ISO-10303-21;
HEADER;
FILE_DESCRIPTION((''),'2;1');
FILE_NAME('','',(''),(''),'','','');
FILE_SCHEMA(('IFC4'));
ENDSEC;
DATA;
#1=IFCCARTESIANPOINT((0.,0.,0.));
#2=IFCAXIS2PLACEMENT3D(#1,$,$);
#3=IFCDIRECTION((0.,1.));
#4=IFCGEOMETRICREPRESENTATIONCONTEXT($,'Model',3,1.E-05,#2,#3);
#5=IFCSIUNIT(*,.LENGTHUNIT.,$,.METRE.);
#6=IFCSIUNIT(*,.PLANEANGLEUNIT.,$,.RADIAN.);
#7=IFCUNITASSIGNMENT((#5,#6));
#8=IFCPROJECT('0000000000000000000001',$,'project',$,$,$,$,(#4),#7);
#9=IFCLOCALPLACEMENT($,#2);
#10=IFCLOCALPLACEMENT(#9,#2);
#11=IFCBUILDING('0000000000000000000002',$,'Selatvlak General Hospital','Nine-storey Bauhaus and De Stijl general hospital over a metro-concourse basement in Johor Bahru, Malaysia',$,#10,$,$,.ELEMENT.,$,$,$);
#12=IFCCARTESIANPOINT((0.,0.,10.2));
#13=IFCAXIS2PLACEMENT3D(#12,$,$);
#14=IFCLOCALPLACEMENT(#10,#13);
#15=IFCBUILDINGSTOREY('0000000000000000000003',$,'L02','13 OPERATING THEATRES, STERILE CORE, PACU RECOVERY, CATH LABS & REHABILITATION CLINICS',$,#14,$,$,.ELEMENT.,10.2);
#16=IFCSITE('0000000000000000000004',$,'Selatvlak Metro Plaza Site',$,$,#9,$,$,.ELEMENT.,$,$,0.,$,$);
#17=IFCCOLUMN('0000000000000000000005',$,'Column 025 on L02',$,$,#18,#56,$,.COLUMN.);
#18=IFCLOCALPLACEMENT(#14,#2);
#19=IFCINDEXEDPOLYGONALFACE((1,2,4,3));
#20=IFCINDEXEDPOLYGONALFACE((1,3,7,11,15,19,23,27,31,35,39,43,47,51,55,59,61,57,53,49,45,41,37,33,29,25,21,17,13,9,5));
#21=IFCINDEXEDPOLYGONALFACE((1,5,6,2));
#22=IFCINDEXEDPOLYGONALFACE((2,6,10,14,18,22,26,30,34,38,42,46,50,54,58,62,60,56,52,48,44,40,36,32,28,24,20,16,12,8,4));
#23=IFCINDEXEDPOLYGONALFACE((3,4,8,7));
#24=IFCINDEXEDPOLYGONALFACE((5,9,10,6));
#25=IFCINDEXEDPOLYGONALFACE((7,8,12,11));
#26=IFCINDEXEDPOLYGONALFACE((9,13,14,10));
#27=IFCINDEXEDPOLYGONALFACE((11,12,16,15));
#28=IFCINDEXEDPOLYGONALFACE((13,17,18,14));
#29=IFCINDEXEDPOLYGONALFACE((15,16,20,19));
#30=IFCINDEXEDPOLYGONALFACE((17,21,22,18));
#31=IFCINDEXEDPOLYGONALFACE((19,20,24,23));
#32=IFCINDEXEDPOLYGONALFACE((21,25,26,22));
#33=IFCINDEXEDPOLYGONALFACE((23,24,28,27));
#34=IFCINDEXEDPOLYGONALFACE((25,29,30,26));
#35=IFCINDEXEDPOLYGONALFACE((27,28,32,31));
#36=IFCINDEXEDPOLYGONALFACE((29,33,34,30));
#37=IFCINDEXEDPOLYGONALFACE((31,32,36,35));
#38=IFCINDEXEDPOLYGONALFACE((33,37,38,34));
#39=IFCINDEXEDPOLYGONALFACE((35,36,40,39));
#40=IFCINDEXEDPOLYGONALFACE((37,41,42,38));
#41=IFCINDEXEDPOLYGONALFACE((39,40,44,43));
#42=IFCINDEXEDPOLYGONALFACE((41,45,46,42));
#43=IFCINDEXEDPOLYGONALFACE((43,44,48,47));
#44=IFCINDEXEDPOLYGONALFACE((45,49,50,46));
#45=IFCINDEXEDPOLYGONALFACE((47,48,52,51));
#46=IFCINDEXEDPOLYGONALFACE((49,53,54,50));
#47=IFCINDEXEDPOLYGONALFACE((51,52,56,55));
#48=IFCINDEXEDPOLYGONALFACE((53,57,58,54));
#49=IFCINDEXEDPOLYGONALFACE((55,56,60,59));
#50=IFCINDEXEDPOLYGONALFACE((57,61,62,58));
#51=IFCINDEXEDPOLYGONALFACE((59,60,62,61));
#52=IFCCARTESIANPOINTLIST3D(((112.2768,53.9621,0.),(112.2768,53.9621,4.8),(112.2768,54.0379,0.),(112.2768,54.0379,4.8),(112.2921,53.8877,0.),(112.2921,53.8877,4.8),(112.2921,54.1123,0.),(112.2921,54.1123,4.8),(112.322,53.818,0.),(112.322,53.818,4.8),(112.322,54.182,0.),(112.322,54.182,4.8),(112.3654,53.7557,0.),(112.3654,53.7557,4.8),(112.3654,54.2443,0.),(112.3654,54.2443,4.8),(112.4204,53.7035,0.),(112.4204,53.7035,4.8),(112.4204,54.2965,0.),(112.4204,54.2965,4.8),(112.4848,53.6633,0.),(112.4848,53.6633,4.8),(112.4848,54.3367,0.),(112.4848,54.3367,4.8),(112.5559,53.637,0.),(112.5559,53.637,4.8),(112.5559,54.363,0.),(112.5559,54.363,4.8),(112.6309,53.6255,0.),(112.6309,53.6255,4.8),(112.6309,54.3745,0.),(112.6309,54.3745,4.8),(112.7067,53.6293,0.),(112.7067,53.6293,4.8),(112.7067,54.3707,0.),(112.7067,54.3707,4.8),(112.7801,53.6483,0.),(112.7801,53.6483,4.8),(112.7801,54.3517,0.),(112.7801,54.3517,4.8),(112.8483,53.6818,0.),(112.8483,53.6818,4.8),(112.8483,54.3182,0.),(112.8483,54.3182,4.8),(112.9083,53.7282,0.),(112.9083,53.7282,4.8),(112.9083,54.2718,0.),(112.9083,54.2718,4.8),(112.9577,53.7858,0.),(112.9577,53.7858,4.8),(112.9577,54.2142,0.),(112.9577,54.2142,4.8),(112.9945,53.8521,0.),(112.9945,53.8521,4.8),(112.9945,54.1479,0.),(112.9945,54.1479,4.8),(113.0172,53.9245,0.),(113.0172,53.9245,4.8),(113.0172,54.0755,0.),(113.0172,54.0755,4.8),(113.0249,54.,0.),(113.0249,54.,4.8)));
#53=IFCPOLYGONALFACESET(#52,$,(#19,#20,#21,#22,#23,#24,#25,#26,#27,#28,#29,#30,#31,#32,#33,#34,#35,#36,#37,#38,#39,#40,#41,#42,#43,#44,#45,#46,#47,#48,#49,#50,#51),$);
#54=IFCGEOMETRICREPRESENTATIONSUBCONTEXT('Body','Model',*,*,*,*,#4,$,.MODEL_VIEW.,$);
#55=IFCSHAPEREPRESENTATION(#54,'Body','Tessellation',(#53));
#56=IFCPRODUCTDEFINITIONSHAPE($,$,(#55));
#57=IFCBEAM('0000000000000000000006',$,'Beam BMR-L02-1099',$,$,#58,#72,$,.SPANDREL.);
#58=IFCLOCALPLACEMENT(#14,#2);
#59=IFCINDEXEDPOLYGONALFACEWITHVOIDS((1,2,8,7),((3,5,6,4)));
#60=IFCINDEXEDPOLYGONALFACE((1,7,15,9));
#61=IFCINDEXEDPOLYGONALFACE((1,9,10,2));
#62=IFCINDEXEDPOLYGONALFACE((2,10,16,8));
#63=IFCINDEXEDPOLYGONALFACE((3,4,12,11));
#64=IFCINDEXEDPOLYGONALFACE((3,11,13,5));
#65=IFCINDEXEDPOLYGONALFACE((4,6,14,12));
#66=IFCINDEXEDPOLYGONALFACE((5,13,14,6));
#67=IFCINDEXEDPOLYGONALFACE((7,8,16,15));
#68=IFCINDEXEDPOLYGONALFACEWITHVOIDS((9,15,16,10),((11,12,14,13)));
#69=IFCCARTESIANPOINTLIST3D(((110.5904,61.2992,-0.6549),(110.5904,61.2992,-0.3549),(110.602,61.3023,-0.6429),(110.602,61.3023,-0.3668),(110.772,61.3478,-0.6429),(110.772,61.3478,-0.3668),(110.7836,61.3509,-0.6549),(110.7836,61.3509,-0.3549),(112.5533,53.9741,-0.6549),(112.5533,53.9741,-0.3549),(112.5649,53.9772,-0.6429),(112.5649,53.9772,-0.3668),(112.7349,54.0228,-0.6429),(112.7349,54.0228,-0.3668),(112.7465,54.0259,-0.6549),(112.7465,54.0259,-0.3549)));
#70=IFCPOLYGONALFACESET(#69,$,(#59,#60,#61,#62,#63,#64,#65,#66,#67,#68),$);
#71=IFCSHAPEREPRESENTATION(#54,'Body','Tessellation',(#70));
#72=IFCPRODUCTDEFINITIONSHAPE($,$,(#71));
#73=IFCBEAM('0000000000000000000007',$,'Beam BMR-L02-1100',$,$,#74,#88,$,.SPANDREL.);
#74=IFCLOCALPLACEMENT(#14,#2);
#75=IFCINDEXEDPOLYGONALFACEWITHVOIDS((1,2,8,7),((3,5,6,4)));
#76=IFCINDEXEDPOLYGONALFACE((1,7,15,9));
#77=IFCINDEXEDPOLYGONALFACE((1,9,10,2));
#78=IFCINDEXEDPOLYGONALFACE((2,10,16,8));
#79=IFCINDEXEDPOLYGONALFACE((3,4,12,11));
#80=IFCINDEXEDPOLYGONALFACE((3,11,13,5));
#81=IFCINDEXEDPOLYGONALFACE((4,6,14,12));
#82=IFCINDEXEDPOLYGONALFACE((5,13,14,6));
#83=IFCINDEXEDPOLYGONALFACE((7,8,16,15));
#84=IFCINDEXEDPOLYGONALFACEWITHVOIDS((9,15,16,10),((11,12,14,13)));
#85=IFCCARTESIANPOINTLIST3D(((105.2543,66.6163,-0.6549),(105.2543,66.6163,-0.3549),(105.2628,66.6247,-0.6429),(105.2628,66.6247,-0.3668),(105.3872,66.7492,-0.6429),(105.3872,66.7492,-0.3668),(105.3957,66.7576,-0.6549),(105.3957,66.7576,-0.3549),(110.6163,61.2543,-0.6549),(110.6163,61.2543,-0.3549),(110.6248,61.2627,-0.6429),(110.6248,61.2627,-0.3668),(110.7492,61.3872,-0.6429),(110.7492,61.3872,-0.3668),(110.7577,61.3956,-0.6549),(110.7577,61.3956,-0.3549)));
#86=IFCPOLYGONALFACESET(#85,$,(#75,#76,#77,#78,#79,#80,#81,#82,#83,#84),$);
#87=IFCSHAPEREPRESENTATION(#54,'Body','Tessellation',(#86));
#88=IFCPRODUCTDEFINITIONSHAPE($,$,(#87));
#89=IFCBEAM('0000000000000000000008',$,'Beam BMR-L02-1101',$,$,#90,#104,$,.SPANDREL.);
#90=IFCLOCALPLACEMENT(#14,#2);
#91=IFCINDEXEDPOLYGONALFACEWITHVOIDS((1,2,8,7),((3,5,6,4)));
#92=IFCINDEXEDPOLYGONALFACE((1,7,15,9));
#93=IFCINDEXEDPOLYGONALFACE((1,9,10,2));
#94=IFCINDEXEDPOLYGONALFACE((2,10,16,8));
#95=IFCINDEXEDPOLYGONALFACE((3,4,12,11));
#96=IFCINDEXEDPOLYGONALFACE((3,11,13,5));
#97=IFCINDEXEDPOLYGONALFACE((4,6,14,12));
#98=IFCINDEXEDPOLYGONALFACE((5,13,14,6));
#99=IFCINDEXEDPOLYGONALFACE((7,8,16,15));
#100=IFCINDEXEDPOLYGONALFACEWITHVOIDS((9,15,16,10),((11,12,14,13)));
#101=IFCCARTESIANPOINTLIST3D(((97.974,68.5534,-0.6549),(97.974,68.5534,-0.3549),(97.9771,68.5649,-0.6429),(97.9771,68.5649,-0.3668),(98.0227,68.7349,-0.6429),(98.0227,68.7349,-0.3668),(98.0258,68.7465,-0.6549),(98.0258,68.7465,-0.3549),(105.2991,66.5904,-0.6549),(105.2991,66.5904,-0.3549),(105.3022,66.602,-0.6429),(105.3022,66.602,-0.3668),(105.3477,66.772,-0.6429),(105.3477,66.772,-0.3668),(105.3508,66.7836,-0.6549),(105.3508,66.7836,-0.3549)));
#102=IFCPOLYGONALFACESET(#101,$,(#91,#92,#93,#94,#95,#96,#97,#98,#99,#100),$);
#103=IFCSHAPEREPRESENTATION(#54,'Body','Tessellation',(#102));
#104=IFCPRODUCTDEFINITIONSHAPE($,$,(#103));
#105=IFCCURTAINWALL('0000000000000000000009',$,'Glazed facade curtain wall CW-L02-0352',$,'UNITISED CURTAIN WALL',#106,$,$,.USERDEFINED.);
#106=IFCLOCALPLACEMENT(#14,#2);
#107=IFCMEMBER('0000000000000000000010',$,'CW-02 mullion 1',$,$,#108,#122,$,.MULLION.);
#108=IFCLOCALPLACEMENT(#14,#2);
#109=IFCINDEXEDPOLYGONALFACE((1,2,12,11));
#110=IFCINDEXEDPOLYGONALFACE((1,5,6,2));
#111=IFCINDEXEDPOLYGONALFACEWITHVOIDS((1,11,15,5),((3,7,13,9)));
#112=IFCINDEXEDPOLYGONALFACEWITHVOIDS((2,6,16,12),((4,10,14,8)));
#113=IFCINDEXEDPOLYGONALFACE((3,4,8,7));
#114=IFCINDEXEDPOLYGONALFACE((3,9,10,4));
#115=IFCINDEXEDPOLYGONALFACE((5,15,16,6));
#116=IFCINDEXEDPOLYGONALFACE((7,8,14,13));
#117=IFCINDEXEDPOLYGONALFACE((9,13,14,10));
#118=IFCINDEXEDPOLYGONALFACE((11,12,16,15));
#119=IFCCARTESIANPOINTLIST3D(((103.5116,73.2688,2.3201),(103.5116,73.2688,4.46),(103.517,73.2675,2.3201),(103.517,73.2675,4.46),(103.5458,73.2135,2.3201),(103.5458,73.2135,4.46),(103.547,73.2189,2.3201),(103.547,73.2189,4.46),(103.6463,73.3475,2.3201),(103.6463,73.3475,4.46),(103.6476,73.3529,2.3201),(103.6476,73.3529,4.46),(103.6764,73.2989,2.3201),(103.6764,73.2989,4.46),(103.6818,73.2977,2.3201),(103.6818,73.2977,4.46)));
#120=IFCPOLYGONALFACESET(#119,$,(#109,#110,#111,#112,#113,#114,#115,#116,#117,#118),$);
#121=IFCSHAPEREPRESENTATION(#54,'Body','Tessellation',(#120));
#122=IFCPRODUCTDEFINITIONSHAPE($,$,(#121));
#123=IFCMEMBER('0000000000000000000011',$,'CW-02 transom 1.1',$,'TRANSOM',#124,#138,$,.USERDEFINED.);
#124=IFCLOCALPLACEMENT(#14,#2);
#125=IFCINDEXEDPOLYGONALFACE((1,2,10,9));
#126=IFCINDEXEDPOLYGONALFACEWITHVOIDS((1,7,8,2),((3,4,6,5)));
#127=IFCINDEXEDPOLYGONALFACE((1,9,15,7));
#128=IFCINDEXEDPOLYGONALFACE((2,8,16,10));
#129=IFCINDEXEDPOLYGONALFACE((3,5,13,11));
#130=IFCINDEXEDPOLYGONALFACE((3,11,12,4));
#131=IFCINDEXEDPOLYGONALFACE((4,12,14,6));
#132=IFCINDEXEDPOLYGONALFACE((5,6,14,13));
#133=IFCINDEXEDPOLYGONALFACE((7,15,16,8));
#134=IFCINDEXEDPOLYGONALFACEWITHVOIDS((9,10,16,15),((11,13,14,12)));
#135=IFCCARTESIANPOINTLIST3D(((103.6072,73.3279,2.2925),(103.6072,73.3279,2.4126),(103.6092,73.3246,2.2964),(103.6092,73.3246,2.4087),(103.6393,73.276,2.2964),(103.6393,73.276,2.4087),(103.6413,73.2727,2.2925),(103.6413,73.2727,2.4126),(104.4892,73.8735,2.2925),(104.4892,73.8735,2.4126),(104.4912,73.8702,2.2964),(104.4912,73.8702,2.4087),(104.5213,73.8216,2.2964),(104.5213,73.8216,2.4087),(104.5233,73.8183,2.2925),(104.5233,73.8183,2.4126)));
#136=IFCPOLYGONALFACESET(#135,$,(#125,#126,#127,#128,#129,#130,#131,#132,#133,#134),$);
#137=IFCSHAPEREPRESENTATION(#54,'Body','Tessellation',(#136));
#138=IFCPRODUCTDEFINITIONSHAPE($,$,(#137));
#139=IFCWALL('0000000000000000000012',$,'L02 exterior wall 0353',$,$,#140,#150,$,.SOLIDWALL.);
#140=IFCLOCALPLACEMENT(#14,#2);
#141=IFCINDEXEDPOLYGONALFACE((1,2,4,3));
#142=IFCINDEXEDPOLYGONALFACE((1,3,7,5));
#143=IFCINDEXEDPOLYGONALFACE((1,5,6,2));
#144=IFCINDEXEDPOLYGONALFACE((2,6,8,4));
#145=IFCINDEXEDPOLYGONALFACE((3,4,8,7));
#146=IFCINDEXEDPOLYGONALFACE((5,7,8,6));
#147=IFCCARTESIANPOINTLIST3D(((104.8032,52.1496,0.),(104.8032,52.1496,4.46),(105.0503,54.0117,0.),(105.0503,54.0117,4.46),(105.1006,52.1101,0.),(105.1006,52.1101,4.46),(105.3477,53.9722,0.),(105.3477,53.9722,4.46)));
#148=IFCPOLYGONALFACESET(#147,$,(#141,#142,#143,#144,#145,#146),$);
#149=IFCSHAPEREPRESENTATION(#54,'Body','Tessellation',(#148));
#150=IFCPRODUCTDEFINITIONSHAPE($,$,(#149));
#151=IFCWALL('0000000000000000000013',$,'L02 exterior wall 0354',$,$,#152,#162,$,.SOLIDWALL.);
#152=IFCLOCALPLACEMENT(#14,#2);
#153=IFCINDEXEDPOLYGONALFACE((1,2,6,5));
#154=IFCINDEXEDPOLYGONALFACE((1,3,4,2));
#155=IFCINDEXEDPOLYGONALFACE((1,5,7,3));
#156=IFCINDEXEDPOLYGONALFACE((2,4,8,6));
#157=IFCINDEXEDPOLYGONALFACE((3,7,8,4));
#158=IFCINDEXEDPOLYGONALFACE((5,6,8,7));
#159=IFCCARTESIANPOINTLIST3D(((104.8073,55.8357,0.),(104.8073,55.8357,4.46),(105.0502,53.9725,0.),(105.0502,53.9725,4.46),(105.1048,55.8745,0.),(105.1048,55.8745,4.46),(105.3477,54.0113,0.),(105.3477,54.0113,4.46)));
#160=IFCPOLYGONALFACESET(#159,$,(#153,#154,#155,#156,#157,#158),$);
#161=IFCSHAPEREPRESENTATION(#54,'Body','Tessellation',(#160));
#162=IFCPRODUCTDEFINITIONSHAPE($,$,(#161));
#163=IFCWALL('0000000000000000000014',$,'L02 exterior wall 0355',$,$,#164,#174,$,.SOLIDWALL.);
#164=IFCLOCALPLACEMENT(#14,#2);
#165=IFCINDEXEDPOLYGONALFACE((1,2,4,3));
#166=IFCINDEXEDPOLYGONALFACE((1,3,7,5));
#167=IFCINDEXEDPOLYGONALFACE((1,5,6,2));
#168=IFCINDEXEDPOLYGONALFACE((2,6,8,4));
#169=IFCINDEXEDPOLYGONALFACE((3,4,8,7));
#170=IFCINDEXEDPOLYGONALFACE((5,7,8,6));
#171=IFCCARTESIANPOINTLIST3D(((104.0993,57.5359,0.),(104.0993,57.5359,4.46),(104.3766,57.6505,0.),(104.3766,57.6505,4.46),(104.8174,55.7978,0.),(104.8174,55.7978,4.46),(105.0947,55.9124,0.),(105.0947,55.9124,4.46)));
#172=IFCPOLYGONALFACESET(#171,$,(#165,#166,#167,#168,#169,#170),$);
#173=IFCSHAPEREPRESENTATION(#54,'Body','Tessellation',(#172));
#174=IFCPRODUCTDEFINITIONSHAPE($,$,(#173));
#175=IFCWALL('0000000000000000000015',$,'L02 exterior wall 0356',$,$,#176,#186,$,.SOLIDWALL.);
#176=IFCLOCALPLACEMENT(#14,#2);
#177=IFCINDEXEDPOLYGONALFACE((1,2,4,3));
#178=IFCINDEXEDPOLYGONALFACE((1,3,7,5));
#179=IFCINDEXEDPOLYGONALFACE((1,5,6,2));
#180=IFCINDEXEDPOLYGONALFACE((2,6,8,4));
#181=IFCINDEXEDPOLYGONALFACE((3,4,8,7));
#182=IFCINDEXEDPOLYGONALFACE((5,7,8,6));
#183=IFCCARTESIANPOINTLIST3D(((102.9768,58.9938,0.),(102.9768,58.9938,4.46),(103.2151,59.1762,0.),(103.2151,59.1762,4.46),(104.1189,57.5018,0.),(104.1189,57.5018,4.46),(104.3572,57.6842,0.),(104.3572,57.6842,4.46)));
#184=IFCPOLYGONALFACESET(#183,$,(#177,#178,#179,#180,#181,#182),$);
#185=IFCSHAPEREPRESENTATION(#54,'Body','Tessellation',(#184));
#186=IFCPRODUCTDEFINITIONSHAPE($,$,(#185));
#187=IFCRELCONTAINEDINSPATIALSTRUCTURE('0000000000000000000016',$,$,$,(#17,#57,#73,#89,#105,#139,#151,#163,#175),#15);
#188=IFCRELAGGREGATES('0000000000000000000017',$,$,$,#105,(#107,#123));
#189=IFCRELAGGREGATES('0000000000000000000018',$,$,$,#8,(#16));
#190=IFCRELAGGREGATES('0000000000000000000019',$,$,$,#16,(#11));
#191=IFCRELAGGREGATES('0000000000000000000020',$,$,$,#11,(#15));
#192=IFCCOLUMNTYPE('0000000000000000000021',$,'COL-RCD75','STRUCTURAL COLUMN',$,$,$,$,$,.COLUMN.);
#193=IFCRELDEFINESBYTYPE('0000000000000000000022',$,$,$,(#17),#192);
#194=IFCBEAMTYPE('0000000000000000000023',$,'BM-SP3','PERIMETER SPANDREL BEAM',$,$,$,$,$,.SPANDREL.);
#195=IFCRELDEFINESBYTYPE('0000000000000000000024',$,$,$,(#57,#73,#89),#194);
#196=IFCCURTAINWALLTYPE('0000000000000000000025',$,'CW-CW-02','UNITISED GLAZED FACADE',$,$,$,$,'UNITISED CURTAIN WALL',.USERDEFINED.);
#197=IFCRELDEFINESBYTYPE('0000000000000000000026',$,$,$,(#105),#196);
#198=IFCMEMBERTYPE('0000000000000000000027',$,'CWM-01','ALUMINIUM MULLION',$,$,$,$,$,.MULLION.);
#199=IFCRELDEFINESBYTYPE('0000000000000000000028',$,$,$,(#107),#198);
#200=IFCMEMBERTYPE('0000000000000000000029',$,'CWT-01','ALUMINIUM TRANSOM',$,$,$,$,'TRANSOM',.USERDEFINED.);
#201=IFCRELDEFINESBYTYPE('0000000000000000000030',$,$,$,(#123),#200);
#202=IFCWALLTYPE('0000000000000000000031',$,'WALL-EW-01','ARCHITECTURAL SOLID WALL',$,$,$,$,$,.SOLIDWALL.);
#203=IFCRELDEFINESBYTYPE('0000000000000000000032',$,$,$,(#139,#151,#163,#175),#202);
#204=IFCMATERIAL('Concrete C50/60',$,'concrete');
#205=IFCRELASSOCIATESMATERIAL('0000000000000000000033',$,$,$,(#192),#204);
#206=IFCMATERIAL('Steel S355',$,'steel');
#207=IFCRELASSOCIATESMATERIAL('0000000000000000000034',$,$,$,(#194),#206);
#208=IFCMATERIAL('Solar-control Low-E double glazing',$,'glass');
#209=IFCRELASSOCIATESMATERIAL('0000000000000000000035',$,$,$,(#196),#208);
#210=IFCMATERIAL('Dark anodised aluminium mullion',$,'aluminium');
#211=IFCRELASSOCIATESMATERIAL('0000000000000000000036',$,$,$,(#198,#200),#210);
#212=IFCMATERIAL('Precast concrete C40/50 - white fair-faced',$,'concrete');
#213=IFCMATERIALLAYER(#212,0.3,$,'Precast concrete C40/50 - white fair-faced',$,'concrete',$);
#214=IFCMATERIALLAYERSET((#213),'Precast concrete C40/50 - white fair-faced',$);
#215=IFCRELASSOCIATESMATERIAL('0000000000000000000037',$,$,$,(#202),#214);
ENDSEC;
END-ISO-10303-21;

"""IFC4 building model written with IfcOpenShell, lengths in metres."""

from ifc_helpers import new_model, si_unit, direction, frame, frame_2d, origin, origin_2d, place, context, subcontext, project, spatial, rectangle, hollow_rectangle, circle, extrude, material, layer, layer_set, material_profile, profile_set, type_object, element, aggregate, save


model = new_model("IFC4")

# Units and contexts
model_context = context("Model", 3, precision=1e-05, world=origin(), true_north=direction((0.0, 1.0)))
body_context = subcontext(model_context, "Body", "Model", "MODEL_VIEW")
ifc_project = project(units=[si_unit("LENGTHUNIT", "METRE"), si_unit("PLANEANGLEUNIT", "RADIAN")], contexts=[model_context])

# Site, building, storey
site_placement = place(None, origin())
site = spatial("IfcSite", under=ifc_project, at=site_placement, Name="Selatvlak Metro Plaza Site", CompositionType="ELEMENT", RefElevation=0.0)
building_placement = place(site_placement, origin())
building = spatial("IfcBuilding", under=site, at=building_placement, Name="Selatvlak General Hospital", Description="Nine-storey Bauhaus and De Stijl general hospital over a metro-concourse basement in Johor Bahru, Malaysia", CompositionType="ELEMENT")
storey_placement = place(building_placement, frame((0.0, 0.0, 10.2)))
storey = spatial("IfcBuildingStorey", under=building, at=storey_placement, Name="L02", Description="13 OPERATING THEATRES, STERILE CORE, PACU RECOVERY, CATH LABS & REHABILITATION CLINICS", CompositionType="ELEMENT", Elevation=10.2)

# Column
ifc_material_1 = material(Name="Concrete C50/60", Category="concrete")
ifc_material_profile_1 = material_profile(ifc_material_1, circle(Radius=0.375, at=origin_2d()), Name="RC-COL D750")
ifc_profile_set_1 = profile_set([ifc_material_profile_1], Name="Concrete C50/60")
column_type = type_object("IfcColumnType", Name="COL-RCD75", Description="STRUCTURAL COLUMN", PredefinedType="COLUMN", material=ifc_profile_set_1)
for number, where, z_axis, x_axis, name in (
    (1, (112.6499, 54.0, 0.0), (0.0, 0.0, 1.0), (1.0, 0.0, 0.0), "Column 025 on L02"),
):
    element("IfcColumn", number, at=place(storey_placement, frame(where, z_axis=z_axis, x_axis=x_axis)), inside=storey, type_object=column_type, Name=name, PredefinedType="COLUMN", context=body_context, shape_type="SweptSolid", body=[
        extrude(circle(Radius=0.375, at=origin_2d()), origin(), (0.0, 0.0, 1.0), 4.8),
    ])

# Beams
ifc_material_2 = material(Name="Steel S355", Category="steel")
ifc_material_profile_2 = material_profile(ifc_material_2, hollow_rectangle(XDim=0.2, YDim=0.3, WallThickness=0.012, at=origin_2d()), Name="RHS 300x200x12")
ifc_profile_set_2 = profile_set([ifc_material_profile_2], Name="Steel S355")
beam_type = type_object("IfcBeamType", Name="BM-SP3", Description="PERIMETER SPANDREL BEAM", PredefinedType="SPANDREL", material=ifc_profile_set_2)
beam_1_placement = place(storey_placement, frame((112.6499, 54.0, -0.5049), z_axis=(-0.258841, 0.96592, 0.0), x_axis=(-0.96592, -0.258841, 0.0)))
element("IfcBeam", 2, at=beam_1_placement, inside=storey, type_object=beam_type, Name="Beam BMR-L02-1099", PredefinedType="SPANDREL", context=body_context, shape_type="SweptSolid", body=[
    extrude(hollow_rectangle(XDim=0.2, YDim=0.3, WallThickness=0.012, at=origin_2d()), origin(), (0.0, 0.0, 1.0), 7.5835),
])
beam_2_placement = place(storey_placement, frame((110.687, 61.325, -0.5049), z_axis=(-0.707107, 0.707107, 0.0), x_axis=(-0.707107, -0.707107, 0.0)))
element("IfcBeam", 3, at=beam_2_placement, inside=storey, type_object=beam_type, Name="Beam BMR-L02-1100", PredefinedType="SPANDREL", context=body_context, shape_type="SweptSolid", body=[
    extrude(hollow_rectangle(XDim=0.2, YDim=0.3, WallThickness=0.012, at=origin_2d()), origin(), (0.0, 0.0, 1.0), 7.583),
])
beam_3_placement = place(storey_placement, frame((105.325, 66.687, -0.5049), z_axis=(-0.96592, 0.258841, 0.0), x_axis=(-0.258841, -0.96592, 0.0)))
element("IfcBeam", 4, at=beam_3_placement, inside=storey, type_object=beam_type, Name="Beam BMR-L02-1101", PredefinedType="SPANDREL", context=body_context, shape_type="SweptSolid", body=[
    extrude(hollow_rectangle(XDim=0.2, YDim=0.3, WallThickness=0.012, at=origin_2d()), origin(), (0.0, 0.0, 1.0), 7.5835),
])

# Curtain wall, members
ifc_material_3 = material(Name="Solar-control Low-E double glazing", Category="glass")
curtain_wall_type = type_object("IfcCurtainWallType", Name="CW-CW-02", Description="UNITISED GLAZED FACADE", ElementType="UNITISED CURTAIN WALL", PredefinedType="USERDEFINED", material=ifc_material_3)
curtain_wall_placement = place(storey_placement, origin())
curtain_wall = element("IfcCurtainWall", 5, at=curtain_wall_placement, inside=storey, type_object=curtain_wall_type, Name="Glazed facade curtain wall CW-L02-0352", ObjectType="UNITISED CURTAIN WALL", PredefinedType="USERDEFINED")
ifc_material_4 = material(Name="Dark anodised aluminium mullion", Category="aluminium")
ifc_material_profile_3 = material_profile(ifc_material_4, hollow_rectangle(XDim=0.0649, YDim=0.1599, WallThickness=0.0039, at=origin_2d()), Name="AL-MUL 65x160x4")
ifc_profile_set_3 = profile_set([ifc_material_profile_3], Name="Dark anodised aluminium mullion")
member_type_1 = type_object("IfcMemberType", Name="CWM-01", Description="ALUMINIUM MULLION", PredefinedType="MULLION", material=ifc_profile_set_3)
member_1_placement = place(storey_placement, frame((103.5967, 73.2832, 2.3201), z_axis=(0.0, 0.0, 1.0), x_axis=(-0.526112, 0.850415, 0.0)))
member_1 = element("IfcMember", 6, at=member_1_placement, type_object=member_type_1, Name="CW-02 mullion 1", PredefinedType="MULLION", context=body_context, shape_type="SweptSolid", body=[
    extrude(hollow_rectangle(XDim=0.0649, YDim=0.1599, WallThickness=0.0039, at=origin_2d()), origin(), (0.0, 0.0, 1.0), 2.1399),
])
ifc_material_profile_4 = material_profile(ifc_material_4, hollow_rectangle(XDim=0.0649, YDim=0.1201, WallThickness=0.0039, at=origin_2d()), Name="AL-TRN 65x120x4")
ifc_profile_set_4 = profile_set([ifc_material_profile_4], Name="Dark anodised aluminium mullion")
member_type_2 = type_object("IfcMemberType", Name="CWT-01", Description="ALUMINIUM TRANSOM", ElementType="TRANSOM", PredefinedType="USERDEFINED", material=ifc_profile_set_4)
member_2_placement = place(storey_placement, frame((103.6243, 73.3003, 2.3525), z_axis=(0.850436, 0.526079, 0.0), x_axis=(-0.526079, 0.850436, 0.0)))
member_2 = element("IfcMember", 7, at=member_2_placement, type_object=member_type_2, Name="CW-02 transom 1.1", ObjectType="TRANSOM", PredefinedType="USERDEFINED", context=body_context, shape_type="SweptSolid", body=[
    extrude(hollow_rectangle(XDim=0.0649, YDim=0.1201, WallThickness=0.0039, at=origin_2d()), origin(), (0.0, 0.0, 1.0), 1.0371),
])
aggregate(curtain_wall, [member_1, member_2])

# Walls
ifc_material_5 = material(Name="Precast concrete C40/50 - white fair-faced", Category="concrete")
ifc_layer_1 = layer(ifc_material_5, 0.3, Name="Precast concrete C40/50 - white fair-faced", Category="concrete")
ifc_layer_set_1 = layer_set([ifc_layer_1], Name="Precast concrete C40/50 - white fair-faced")
wall_type_1 = type_object("IfcWallType", Name="WALL-EW-01", Description="ARCHITECTURAL SOLID WALL", PredefinedType="SOLIDWALL", material=ifc_layer_set_1)
wall_1_placement = place(storey_placement, frame((104.9519, 52.1299, 0.0), z_axis=(0.0, 0.0, 1.0), x_axis=(0.131534, 0.991312, 0.0)))
element("IfcWall", 8, at=wall_1_placement, inside=storey, type_object=wall_type_1, Name="L02 exterior wall 0353", PredefinedType="SOLIDWALL", context=body_context, shape_type="SweptSolid", body=[
    extrude(rectangle(XDim=1.8784, YDim=0.3, at=frame_2d((0.9392, 0.0))), origin(), (0.0, 0.0, 1.0), 4.46),
])
wall_2_placement = place(storey_placement, frame((105.199, 53.9919, 0.0), z_axis=(0.0, 0.0, 1.0), x_axis=(-0.129295, 0.991606, 0.0)))
element("IfcWall", 9, at=wall_2_placement, inside=storey, type_object=wall_type_1, Name="L02 exterior wall 0354", PredefinedType="SOLIDWALL", context=body_context, shape_type="SweptSolid", body=[
    extrude(rectangle(XDim=1.8789, YDim=0.3, at=frame_2d((0.9395, 0.0))), origin(), (0.0, 0.0, 1.0), 4.46),
])
wall_3_placement = place(storey_placement, frame((104.9561, 55.855, 0.0), z_axis=(0.0, 0.0, 1.0), x_axis=(-0.38182, 0.924237, 0.0)))
element("IfcWall", 10, at=wall_3_placement, inside=storey, type_object=wall_type_1, Name="L02 exterior wall 0355", PredefinedType="SOLIDWALL", context=body_context, shape_type="SweptSolid", body=[
    extrude(rectangle(XDim=1.8806, YDim=0.3, at=frame_2d((0.9404, 0.0))), origin(), (0.0, 0.0, 1.0), 4.46),
])
wall_4_placement = place(storey_placement, frame((104.238, 57.593, 0.0), z_axis=(0.0, 0.0, 1.0), x_axis=(-0.60785, 0.794052, 0.0)))
element("IfcWall", 11, at=wall_4_placement, inside=storey, type_object=wall_type_1, Name="L02 exterior wall 0356", PredefinedType="SOLIDWALL", context=body_context, shape_type="SweptSolid", body=[
    extrude(rectangle(XDim=1.8789, YDim=0.3, at=frame_2d((0.9395, 0.0))), origin(), (0.0, 0.0, 1.0), 4.46),
])

save(model, "model.ifc")
